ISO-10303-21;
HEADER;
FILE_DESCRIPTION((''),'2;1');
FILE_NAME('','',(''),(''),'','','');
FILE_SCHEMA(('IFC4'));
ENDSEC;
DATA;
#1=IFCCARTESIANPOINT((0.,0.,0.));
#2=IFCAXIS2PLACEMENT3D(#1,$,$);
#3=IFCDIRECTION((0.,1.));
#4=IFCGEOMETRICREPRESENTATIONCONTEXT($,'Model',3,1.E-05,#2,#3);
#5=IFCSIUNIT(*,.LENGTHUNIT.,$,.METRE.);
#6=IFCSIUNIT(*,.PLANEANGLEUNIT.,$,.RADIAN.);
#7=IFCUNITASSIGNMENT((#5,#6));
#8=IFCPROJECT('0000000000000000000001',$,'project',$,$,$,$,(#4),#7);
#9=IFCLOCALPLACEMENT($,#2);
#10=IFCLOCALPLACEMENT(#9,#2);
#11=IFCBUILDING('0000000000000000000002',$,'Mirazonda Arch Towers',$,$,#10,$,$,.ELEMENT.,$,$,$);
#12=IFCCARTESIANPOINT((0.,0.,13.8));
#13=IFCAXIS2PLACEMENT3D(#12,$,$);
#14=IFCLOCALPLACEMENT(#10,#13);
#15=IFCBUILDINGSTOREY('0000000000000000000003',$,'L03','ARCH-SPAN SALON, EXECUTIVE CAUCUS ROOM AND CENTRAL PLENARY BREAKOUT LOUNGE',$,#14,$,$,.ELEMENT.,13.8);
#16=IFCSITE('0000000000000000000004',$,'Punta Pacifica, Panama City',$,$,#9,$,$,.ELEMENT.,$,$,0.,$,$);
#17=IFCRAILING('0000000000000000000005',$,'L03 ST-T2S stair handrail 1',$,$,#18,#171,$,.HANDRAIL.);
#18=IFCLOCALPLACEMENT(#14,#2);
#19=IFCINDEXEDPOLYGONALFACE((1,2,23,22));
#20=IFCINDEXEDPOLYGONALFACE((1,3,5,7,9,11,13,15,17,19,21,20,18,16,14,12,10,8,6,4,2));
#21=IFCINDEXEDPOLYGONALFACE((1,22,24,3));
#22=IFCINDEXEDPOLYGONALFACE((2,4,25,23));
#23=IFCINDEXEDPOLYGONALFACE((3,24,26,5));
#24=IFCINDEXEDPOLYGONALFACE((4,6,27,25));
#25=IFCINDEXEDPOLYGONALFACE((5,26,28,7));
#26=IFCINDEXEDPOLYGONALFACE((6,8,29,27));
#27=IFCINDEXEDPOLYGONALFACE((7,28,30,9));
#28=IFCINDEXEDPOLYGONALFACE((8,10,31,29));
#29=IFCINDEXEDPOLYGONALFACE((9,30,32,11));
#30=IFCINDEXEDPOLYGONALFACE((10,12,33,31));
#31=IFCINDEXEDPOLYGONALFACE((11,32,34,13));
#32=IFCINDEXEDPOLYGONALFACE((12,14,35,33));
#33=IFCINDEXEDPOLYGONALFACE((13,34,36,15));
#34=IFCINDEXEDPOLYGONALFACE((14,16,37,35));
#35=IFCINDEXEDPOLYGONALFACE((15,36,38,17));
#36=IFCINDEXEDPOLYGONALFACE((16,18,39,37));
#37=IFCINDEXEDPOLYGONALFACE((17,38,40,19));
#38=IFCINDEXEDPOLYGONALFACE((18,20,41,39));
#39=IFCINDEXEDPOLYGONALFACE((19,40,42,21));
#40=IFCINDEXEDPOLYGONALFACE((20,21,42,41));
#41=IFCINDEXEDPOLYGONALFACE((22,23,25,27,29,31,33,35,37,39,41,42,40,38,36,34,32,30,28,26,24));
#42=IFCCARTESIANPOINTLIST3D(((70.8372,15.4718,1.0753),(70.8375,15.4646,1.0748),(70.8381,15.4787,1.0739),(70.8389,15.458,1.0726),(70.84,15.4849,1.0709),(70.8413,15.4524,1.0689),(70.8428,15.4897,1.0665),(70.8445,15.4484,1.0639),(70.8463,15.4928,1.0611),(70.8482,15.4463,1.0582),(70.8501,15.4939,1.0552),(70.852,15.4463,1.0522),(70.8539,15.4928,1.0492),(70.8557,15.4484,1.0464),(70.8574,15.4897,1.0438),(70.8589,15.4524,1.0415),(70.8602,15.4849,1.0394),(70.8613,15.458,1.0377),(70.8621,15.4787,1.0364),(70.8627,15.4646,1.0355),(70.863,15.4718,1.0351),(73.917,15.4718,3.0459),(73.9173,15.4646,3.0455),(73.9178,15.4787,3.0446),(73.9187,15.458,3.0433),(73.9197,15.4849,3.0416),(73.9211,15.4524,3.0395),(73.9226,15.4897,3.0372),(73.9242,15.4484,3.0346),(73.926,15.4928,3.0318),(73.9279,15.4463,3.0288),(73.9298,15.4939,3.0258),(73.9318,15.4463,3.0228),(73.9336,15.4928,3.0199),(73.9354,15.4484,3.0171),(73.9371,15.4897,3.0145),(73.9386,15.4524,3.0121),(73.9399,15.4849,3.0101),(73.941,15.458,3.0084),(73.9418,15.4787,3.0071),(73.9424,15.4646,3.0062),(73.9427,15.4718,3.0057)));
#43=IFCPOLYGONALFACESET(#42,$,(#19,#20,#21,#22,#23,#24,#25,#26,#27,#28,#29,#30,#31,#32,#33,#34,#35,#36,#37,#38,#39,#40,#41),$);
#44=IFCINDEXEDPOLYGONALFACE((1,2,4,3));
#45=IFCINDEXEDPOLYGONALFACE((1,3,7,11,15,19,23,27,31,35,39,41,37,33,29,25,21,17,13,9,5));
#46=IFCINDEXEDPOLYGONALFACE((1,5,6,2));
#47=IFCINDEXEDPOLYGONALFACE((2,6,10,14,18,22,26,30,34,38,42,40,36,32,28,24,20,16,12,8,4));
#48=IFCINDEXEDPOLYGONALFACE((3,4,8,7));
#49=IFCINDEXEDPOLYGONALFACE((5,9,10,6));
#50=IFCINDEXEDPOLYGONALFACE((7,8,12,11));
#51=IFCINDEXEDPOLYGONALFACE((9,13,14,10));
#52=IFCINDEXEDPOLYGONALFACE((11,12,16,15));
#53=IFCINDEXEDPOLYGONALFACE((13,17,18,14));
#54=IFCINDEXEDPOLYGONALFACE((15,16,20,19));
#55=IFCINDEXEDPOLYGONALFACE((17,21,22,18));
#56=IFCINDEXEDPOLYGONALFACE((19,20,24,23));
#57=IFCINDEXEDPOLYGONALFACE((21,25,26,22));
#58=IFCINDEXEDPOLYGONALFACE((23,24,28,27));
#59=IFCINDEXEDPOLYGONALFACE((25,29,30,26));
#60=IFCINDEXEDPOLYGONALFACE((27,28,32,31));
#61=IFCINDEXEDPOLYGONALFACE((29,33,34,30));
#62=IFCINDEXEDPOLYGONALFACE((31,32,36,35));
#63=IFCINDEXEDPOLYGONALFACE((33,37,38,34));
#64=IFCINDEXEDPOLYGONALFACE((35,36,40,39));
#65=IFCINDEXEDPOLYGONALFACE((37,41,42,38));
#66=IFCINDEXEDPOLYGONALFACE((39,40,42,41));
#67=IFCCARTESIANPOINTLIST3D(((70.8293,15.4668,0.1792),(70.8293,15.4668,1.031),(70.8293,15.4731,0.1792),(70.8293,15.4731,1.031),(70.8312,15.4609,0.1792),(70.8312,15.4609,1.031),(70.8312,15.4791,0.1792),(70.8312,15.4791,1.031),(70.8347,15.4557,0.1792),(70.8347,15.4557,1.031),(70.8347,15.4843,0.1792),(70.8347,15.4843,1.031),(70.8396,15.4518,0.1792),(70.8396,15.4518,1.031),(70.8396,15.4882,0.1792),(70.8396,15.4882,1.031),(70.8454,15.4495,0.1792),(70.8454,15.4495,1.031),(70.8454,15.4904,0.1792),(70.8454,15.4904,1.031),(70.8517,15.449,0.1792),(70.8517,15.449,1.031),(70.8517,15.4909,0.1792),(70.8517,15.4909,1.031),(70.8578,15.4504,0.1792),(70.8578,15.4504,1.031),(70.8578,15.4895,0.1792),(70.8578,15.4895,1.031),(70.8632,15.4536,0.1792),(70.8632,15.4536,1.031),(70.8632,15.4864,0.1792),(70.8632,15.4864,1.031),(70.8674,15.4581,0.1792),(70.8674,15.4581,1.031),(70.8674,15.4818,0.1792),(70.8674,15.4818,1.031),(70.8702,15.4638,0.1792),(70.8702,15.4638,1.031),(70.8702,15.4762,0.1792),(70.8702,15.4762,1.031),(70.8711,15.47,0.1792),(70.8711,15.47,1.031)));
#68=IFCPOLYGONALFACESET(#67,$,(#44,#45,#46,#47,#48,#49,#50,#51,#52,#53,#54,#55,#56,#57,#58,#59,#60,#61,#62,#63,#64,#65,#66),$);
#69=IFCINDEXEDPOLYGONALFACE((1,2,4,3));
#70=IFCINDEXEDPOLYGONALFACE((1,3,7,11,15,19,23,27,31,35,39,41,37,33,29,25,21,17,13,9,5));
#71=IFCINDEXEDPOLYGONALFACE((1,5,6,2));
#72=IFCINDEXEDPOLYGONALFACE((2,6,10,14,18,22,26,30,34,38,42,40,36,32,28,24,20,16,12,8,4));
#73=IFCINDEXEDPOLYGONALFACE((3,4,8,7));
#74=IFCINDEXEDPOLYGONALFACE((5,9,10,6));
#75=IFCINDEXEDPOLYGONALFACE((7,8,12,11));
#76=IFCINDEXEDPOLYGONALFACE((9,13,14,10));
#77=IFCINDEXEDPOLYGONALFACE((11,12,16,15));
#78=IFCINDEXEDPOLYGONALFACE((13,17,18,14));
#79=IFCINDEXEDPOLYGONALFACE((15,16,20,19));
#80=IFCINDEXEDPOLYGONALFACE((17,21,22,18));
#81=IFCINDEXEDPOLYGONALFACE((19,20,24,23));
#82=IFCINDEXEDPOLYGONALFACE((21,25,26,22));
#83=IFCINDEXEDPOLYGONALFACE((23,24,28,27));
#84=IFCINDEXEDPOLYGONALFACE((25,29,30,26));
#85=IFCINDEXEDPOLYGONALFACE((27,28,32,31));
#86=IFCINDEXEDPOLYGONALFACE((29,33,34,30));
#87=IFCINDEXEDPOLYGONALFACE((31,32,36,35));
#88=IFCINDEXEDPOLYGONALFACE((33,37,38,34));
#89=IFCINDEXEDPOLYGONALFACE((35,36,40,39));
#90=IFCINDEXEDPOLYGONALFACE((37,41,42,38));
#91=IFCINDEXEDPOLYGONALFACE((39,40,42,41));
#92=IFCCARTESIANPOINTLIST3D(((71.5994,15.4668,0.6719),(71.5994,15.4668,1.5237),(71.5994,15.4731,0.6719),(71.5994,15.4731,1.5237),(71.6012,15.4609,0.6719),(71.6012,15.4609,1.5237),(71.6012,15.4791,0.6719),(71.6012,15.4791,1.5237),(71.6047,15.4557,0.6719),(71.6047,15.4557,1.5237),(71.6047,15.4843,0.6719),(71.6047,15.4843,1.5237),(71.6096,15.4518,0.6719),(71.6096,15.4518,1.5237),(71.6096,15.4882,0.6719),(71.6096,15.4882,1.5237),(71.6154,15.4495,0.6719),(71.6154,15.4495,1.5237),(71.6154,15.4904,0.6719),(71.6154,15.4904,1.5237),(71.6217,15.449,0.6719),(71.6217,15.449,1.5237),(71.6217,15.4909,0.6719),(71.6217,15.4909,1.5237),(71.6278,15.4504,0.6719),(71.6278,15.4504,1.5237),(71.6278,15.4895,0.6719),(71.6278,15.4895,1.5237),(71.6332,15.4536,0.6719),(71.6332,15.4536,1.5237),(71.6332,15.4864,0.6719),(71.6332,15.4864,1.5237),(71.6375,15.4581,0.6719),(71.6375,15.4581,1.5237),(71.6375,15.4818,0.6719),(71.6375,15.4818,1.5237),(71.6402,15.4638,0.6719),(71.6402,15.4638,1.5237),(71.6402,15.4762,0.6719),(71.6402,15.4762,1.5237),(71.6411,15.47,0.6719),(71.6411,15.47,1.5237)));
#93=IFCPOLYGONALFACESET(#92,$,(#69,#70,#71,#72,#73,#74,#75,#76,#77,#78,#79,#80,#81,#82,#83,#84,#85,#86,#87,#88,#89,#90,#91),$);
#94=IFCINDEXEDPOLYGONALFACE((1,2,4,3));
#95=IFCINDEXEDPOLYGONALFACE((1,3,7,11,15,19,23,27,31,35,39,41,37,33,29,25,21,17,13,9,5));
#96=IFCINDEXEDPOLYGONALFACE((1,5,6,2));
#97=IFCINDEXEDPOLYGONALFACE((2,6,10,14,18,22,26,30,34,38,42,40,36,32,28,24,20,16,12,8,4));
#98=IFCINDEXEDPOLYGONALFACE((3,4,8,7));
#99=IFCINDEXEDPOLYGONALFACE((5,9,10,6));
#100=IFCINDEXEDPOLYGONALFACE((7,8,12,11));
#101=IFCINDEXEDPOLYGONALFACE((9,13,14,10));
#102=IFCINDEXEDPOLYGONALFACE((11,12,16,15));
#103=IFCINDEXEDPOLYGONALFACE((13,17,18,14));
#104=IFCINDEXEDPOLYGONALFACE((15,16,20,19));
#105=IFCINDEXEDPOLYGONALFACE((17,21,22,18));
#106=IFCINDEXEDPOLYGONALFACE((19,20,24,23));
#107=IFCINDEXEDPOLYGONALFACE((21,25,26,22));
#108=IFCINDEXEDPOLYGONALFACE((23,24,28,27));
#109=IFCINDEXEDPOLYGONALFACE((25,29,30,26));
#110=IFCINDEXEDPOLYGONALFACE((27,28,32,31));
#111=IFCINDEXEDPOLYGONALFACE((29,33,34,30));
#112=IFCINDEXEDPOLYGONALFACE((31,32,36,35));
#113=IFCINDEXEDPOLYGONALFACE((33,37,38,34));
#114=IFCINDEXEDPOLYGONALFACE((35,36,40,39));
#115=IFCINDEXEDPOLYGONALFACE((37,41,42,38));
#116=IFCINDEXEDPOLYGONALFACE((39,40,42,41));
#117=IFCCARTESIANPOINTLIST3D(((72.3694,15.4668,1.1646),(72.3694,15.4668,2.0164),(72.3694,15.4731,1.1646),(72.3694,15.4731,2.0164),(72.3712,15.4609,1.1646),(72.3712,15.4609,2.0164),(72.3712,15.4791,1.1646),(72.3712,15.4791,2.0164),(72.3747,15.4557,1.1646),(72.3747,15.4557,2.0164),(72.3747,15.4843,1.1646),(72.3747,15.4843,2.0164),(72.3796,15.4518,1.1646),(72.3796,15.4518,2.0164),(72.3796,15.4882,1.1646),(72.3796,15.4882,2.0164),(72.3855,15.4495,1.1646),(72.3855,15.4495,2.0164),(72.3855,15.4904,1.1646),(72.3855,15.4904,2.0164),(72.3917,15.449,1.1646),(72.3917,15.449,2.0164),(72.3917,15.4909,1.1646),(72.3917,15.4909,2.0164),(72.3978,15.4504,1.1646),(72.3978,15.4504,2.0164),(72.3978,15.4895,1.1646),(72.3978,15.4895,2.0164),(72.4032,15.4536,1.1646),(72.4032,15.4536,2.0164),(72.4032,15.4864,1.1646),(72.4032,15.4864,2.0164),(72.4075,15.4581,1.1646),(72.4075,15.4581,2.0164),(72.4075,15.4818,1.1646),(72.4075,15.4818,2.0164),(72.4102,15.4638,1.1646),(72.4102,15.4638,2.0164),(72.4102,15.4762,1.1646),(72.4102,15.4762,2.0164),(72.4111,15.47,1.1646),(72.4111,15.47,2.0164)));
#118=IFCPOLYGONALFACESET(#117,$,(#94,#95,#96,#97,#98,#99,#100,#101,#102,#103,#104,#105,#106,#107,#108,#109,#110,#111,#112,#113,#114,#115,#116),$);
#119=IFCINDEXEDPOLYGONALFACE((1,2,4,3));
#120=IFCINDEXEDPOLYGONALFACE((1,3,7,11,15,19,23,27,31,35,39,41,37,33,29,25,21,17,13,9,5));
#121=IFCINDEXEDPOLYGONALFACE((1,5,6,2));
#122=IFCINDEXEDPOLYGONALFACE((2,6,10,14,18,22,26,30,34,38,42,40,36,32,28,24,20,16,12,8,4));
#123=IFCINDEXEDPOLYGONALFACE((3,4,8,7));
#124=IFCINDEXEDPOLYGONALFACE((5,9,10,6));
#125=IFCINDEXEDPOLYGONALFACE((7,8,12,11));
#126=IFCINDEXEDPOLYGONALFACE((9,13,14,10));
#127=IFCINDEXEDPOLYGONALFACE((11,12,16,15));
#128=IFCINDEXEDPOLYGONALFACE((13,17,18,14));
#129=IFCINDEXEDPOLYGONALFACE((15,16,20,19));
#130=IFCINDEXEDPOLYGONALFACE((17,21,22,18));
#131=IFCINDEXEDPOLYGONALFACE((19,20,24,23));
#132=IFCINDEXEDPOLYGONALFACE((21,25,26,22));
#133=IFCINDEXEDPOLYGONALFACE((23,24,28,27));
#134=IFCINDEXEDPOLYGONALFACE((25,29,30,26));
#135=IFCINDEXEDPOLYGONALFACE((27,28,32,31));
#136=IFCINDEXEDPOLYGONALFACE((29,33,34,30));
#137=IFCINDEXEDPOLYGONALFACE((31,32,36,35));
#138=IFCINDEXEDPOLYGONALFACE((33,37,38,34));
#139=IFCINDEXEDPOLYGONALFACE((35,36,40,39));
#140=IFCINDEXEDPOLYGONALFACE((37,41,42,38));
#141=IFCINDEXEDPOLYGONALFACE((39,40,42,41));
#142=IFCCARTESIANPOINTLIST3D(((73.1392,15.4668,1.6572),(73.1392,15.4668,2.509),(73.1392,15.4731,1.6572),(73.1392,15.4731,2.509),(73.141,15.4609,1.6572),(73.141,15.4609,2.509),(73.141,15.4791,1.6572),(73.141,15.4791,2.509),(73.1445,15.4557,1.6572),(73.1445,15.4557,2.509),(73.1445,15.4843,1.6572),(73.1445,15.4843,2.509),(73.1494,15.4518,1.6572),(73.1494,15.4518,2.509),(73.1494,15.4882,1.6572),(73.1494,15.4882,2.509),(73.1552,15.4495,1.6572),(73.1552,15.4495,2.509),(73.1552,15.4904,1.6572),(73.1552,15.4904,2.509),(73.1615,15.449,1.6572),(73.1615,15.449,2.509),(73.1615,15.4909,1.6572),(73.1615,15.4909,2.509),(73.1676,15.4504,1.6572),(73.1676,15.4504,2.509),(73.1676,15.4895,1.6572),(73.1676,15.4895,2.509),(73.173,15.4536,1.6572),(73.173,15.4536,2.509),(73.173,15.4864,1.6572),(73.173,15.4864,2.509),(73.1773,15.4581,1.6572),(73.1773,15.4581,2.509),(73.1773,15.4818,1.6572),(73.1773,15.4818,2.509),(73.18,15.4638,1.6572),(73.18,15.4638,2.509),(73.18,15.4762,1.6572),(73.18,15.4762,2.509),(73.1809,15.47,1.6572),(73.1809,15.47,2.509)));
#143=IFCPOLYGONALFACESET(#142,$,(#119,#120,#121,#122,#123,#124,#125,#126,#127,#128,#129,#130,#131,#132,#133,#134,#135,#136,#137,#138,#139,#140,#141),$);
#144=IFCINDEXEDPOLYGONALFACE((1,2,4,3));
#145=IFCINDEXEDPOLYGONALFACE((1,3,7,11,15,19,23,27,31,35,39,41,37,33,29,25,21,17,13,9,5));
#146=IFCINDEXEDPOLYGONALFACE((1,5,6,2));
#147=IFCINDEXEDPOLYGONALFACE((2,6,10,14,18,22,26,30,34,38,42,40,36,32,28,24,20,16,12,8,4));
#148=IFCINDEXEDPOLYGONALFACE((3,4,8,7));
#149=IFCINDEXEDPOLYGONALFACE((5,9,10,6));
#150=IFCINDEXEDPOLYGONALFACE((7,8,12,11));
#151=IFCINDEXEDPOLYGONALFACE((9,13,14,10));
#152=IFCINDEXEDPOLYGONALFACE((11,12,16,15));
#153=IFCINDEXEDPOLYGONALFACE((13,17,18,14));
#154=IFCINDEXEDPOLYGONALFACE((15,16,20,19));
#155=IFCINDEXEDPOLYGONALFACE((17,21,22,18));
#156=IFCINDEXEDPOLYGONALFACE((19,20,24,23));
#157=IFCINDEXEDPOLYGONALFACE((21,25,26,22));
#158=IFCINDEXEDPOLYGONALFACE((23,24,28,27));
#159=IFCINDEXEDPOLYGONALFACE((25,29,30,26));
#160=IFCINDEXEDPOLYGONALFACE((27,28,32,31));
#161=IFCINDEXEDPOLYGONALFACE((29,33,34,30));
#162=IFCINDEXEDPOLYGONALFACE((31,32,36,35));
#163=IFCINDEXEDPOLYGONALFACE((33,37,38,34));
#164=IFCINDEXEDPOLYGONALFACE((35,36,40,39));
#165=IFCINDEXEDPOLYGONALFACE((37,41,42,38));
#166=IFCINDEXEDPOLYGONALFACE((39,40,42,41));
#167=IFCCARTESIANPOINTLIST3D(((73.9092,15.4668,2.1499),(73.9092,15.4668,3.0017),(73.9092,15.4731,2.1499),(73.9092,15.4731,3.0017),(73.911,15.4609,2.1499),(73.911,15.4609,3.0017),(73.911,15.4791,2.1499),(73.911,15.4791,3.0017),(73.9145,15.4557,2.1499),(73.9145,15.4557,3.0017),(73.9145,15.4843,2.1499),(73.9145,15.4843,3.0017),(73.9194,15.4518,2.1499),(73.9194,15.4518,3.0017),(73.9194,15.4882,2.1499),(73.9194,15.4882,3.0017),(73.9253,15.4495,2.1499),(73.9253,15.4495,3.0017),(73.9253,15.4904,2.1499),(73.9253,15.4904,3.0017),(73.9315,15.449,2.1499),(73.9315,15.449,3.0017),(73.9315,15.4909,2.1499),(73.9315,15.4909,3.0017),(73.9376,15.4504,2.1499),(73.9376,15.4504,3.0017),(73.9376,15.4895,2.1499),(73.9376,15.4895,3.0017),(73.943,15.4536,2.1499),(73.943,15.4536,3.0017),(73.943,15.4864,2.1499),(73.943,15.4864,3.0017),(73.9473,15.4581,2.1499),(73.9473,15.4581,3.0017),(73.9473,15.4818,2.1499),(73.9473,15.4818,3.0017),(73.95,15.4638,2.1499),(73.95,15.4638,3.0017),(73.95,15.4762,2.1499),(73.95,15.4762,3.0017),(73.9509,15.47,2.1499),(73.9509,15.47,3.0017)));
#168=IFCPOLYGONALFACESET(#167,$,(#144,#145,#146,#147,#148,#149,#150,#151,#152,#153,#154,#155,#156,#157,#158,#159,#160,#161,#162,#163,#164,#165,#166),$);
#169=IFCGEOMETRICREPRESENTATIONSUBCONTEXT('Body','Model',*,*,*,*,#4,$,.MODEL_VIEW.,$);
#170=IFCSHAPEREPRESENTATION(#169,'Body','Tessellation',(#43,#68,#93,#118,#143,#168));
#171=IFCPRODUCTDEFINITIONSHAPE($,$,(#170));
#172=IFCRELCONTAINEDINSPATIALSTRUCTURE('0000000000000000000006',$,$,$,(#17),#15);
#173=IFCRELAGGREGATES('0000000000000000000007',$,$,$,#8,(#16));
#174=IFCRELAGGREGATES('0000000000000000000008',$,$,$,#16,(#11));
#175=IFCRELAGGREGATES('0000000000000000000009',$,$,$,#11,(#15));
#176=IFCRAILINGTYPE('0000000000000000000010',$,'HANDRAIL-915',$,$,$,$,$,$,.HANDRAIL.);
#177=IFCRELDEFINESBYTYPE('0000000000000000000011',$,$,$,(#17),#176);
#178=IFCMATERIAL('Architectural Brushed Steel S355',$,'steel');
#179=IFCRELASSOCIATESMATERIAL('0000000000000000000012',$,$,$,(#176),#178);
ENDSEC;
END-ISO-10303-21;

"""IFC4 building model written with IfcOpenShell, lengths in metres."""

from ifc_helpers import new_model, si_unit, direction, frame, origin, origin_2d, place, context, subcontext, project, spatial, circle, extrude, material, type_object, element, save


model = new_model("IFC4")

# Units and contexts
model_context = context("Model", 3, precision=1e-05, world=origin(), true_north=direction((0.0, 1.0)))
body_context = subcontext(model_context, "Body", "Model", "MODEL_VIEW")
ifc_project = project(units=[si_unit("LENGTHUNIT", "METRE"), si_unit("PLANEANGLEUNIT", "RADIAN")], contexts=[model_context])

# Site, building, storey
site_placement = place(None, origin())
site = spatial("IfcSite", under=ifc_project, at=site_placement, Name="Punta Pacifica, Panama City", CompositionType="ELEMENT", RefElevation=0.0)
building_placement = place(site_placement, origin())
building = spatial("IfcBuilding", under=site, at=building_placement, Name="Mirazonda Arch Towers", CompositionType="ELEMENT")
storey_placement = place(building_placement, frame((0.0, 0.0, 13.8)))
storey = spatial("IfcBuildingStorey", under=building, at=storey_placement, Name="L03", Description="ARCH-SPAN SALON, EXECUTIVE CAUCUS ROOM AND CENTRAL PLENARY BREAKOUT LOUNGE", CompositionType="ELEMENT", Elevation=13.8)

# Shared definitions
ifc_material_1 = material(Name="Architectural Brushed Steel S355", Category="steel")

# Railing
railing_type_1 = type_object("IfcRailingType", Name="HANDRAIL-915", PredefinedType="HANDRAIL", material=ifc_material_1)
railing_1_placement = place(storey_placement, frame((70.8501, 15.47, 0.1792)))
element("IfcRailing", 1, at=railing_1_placement, inside=storey, type_object=railing_type_1, Name="L03 ST-T2S stair handrail 1", PredefinedType="HANDRAIL", context=body_context, shape_type="SweptSolid", body=[
    extrude(circle(Radius=0.0239, at=origin_2d()), frame((0.0, 0.0, 0.876), z_axis=(0.84232, 0.0, 0.538978), x_axis=(0.0, 1.0, 0.0)), (0.0, 0.0, 1.0), 3.6562),
    extrude(circle(Radius=0.021, at=origin_2d()), origin(), (0.0, 0.0, 1.0), 0.8518),
    extrude(circle(Radius=0.021, at=origin_2d()), frame((0.77, 0.0, 0.4927)), (0.0, 0.0, 1.0), 0.8518),
    extrude(circle(Radius=0.021, at=origin_2d()), frame((1.54, 0.0, 0.9854)), (0.0, 0.0, 1.0), 0.8518),
    extrude(circle(Radius=0.021, at=origin_2d()), frame((2.3098, 0.0, 1.478)), (0.0, 0.0, 1.0), 0.8518),
    extrude(circle(Radius=0.021, at=origin_2d()), frame((3.0798, 0.0, 1.9707)), (0.0, 0.0, 1.0), 0.8518),
])

save(model, "model.ifc")
